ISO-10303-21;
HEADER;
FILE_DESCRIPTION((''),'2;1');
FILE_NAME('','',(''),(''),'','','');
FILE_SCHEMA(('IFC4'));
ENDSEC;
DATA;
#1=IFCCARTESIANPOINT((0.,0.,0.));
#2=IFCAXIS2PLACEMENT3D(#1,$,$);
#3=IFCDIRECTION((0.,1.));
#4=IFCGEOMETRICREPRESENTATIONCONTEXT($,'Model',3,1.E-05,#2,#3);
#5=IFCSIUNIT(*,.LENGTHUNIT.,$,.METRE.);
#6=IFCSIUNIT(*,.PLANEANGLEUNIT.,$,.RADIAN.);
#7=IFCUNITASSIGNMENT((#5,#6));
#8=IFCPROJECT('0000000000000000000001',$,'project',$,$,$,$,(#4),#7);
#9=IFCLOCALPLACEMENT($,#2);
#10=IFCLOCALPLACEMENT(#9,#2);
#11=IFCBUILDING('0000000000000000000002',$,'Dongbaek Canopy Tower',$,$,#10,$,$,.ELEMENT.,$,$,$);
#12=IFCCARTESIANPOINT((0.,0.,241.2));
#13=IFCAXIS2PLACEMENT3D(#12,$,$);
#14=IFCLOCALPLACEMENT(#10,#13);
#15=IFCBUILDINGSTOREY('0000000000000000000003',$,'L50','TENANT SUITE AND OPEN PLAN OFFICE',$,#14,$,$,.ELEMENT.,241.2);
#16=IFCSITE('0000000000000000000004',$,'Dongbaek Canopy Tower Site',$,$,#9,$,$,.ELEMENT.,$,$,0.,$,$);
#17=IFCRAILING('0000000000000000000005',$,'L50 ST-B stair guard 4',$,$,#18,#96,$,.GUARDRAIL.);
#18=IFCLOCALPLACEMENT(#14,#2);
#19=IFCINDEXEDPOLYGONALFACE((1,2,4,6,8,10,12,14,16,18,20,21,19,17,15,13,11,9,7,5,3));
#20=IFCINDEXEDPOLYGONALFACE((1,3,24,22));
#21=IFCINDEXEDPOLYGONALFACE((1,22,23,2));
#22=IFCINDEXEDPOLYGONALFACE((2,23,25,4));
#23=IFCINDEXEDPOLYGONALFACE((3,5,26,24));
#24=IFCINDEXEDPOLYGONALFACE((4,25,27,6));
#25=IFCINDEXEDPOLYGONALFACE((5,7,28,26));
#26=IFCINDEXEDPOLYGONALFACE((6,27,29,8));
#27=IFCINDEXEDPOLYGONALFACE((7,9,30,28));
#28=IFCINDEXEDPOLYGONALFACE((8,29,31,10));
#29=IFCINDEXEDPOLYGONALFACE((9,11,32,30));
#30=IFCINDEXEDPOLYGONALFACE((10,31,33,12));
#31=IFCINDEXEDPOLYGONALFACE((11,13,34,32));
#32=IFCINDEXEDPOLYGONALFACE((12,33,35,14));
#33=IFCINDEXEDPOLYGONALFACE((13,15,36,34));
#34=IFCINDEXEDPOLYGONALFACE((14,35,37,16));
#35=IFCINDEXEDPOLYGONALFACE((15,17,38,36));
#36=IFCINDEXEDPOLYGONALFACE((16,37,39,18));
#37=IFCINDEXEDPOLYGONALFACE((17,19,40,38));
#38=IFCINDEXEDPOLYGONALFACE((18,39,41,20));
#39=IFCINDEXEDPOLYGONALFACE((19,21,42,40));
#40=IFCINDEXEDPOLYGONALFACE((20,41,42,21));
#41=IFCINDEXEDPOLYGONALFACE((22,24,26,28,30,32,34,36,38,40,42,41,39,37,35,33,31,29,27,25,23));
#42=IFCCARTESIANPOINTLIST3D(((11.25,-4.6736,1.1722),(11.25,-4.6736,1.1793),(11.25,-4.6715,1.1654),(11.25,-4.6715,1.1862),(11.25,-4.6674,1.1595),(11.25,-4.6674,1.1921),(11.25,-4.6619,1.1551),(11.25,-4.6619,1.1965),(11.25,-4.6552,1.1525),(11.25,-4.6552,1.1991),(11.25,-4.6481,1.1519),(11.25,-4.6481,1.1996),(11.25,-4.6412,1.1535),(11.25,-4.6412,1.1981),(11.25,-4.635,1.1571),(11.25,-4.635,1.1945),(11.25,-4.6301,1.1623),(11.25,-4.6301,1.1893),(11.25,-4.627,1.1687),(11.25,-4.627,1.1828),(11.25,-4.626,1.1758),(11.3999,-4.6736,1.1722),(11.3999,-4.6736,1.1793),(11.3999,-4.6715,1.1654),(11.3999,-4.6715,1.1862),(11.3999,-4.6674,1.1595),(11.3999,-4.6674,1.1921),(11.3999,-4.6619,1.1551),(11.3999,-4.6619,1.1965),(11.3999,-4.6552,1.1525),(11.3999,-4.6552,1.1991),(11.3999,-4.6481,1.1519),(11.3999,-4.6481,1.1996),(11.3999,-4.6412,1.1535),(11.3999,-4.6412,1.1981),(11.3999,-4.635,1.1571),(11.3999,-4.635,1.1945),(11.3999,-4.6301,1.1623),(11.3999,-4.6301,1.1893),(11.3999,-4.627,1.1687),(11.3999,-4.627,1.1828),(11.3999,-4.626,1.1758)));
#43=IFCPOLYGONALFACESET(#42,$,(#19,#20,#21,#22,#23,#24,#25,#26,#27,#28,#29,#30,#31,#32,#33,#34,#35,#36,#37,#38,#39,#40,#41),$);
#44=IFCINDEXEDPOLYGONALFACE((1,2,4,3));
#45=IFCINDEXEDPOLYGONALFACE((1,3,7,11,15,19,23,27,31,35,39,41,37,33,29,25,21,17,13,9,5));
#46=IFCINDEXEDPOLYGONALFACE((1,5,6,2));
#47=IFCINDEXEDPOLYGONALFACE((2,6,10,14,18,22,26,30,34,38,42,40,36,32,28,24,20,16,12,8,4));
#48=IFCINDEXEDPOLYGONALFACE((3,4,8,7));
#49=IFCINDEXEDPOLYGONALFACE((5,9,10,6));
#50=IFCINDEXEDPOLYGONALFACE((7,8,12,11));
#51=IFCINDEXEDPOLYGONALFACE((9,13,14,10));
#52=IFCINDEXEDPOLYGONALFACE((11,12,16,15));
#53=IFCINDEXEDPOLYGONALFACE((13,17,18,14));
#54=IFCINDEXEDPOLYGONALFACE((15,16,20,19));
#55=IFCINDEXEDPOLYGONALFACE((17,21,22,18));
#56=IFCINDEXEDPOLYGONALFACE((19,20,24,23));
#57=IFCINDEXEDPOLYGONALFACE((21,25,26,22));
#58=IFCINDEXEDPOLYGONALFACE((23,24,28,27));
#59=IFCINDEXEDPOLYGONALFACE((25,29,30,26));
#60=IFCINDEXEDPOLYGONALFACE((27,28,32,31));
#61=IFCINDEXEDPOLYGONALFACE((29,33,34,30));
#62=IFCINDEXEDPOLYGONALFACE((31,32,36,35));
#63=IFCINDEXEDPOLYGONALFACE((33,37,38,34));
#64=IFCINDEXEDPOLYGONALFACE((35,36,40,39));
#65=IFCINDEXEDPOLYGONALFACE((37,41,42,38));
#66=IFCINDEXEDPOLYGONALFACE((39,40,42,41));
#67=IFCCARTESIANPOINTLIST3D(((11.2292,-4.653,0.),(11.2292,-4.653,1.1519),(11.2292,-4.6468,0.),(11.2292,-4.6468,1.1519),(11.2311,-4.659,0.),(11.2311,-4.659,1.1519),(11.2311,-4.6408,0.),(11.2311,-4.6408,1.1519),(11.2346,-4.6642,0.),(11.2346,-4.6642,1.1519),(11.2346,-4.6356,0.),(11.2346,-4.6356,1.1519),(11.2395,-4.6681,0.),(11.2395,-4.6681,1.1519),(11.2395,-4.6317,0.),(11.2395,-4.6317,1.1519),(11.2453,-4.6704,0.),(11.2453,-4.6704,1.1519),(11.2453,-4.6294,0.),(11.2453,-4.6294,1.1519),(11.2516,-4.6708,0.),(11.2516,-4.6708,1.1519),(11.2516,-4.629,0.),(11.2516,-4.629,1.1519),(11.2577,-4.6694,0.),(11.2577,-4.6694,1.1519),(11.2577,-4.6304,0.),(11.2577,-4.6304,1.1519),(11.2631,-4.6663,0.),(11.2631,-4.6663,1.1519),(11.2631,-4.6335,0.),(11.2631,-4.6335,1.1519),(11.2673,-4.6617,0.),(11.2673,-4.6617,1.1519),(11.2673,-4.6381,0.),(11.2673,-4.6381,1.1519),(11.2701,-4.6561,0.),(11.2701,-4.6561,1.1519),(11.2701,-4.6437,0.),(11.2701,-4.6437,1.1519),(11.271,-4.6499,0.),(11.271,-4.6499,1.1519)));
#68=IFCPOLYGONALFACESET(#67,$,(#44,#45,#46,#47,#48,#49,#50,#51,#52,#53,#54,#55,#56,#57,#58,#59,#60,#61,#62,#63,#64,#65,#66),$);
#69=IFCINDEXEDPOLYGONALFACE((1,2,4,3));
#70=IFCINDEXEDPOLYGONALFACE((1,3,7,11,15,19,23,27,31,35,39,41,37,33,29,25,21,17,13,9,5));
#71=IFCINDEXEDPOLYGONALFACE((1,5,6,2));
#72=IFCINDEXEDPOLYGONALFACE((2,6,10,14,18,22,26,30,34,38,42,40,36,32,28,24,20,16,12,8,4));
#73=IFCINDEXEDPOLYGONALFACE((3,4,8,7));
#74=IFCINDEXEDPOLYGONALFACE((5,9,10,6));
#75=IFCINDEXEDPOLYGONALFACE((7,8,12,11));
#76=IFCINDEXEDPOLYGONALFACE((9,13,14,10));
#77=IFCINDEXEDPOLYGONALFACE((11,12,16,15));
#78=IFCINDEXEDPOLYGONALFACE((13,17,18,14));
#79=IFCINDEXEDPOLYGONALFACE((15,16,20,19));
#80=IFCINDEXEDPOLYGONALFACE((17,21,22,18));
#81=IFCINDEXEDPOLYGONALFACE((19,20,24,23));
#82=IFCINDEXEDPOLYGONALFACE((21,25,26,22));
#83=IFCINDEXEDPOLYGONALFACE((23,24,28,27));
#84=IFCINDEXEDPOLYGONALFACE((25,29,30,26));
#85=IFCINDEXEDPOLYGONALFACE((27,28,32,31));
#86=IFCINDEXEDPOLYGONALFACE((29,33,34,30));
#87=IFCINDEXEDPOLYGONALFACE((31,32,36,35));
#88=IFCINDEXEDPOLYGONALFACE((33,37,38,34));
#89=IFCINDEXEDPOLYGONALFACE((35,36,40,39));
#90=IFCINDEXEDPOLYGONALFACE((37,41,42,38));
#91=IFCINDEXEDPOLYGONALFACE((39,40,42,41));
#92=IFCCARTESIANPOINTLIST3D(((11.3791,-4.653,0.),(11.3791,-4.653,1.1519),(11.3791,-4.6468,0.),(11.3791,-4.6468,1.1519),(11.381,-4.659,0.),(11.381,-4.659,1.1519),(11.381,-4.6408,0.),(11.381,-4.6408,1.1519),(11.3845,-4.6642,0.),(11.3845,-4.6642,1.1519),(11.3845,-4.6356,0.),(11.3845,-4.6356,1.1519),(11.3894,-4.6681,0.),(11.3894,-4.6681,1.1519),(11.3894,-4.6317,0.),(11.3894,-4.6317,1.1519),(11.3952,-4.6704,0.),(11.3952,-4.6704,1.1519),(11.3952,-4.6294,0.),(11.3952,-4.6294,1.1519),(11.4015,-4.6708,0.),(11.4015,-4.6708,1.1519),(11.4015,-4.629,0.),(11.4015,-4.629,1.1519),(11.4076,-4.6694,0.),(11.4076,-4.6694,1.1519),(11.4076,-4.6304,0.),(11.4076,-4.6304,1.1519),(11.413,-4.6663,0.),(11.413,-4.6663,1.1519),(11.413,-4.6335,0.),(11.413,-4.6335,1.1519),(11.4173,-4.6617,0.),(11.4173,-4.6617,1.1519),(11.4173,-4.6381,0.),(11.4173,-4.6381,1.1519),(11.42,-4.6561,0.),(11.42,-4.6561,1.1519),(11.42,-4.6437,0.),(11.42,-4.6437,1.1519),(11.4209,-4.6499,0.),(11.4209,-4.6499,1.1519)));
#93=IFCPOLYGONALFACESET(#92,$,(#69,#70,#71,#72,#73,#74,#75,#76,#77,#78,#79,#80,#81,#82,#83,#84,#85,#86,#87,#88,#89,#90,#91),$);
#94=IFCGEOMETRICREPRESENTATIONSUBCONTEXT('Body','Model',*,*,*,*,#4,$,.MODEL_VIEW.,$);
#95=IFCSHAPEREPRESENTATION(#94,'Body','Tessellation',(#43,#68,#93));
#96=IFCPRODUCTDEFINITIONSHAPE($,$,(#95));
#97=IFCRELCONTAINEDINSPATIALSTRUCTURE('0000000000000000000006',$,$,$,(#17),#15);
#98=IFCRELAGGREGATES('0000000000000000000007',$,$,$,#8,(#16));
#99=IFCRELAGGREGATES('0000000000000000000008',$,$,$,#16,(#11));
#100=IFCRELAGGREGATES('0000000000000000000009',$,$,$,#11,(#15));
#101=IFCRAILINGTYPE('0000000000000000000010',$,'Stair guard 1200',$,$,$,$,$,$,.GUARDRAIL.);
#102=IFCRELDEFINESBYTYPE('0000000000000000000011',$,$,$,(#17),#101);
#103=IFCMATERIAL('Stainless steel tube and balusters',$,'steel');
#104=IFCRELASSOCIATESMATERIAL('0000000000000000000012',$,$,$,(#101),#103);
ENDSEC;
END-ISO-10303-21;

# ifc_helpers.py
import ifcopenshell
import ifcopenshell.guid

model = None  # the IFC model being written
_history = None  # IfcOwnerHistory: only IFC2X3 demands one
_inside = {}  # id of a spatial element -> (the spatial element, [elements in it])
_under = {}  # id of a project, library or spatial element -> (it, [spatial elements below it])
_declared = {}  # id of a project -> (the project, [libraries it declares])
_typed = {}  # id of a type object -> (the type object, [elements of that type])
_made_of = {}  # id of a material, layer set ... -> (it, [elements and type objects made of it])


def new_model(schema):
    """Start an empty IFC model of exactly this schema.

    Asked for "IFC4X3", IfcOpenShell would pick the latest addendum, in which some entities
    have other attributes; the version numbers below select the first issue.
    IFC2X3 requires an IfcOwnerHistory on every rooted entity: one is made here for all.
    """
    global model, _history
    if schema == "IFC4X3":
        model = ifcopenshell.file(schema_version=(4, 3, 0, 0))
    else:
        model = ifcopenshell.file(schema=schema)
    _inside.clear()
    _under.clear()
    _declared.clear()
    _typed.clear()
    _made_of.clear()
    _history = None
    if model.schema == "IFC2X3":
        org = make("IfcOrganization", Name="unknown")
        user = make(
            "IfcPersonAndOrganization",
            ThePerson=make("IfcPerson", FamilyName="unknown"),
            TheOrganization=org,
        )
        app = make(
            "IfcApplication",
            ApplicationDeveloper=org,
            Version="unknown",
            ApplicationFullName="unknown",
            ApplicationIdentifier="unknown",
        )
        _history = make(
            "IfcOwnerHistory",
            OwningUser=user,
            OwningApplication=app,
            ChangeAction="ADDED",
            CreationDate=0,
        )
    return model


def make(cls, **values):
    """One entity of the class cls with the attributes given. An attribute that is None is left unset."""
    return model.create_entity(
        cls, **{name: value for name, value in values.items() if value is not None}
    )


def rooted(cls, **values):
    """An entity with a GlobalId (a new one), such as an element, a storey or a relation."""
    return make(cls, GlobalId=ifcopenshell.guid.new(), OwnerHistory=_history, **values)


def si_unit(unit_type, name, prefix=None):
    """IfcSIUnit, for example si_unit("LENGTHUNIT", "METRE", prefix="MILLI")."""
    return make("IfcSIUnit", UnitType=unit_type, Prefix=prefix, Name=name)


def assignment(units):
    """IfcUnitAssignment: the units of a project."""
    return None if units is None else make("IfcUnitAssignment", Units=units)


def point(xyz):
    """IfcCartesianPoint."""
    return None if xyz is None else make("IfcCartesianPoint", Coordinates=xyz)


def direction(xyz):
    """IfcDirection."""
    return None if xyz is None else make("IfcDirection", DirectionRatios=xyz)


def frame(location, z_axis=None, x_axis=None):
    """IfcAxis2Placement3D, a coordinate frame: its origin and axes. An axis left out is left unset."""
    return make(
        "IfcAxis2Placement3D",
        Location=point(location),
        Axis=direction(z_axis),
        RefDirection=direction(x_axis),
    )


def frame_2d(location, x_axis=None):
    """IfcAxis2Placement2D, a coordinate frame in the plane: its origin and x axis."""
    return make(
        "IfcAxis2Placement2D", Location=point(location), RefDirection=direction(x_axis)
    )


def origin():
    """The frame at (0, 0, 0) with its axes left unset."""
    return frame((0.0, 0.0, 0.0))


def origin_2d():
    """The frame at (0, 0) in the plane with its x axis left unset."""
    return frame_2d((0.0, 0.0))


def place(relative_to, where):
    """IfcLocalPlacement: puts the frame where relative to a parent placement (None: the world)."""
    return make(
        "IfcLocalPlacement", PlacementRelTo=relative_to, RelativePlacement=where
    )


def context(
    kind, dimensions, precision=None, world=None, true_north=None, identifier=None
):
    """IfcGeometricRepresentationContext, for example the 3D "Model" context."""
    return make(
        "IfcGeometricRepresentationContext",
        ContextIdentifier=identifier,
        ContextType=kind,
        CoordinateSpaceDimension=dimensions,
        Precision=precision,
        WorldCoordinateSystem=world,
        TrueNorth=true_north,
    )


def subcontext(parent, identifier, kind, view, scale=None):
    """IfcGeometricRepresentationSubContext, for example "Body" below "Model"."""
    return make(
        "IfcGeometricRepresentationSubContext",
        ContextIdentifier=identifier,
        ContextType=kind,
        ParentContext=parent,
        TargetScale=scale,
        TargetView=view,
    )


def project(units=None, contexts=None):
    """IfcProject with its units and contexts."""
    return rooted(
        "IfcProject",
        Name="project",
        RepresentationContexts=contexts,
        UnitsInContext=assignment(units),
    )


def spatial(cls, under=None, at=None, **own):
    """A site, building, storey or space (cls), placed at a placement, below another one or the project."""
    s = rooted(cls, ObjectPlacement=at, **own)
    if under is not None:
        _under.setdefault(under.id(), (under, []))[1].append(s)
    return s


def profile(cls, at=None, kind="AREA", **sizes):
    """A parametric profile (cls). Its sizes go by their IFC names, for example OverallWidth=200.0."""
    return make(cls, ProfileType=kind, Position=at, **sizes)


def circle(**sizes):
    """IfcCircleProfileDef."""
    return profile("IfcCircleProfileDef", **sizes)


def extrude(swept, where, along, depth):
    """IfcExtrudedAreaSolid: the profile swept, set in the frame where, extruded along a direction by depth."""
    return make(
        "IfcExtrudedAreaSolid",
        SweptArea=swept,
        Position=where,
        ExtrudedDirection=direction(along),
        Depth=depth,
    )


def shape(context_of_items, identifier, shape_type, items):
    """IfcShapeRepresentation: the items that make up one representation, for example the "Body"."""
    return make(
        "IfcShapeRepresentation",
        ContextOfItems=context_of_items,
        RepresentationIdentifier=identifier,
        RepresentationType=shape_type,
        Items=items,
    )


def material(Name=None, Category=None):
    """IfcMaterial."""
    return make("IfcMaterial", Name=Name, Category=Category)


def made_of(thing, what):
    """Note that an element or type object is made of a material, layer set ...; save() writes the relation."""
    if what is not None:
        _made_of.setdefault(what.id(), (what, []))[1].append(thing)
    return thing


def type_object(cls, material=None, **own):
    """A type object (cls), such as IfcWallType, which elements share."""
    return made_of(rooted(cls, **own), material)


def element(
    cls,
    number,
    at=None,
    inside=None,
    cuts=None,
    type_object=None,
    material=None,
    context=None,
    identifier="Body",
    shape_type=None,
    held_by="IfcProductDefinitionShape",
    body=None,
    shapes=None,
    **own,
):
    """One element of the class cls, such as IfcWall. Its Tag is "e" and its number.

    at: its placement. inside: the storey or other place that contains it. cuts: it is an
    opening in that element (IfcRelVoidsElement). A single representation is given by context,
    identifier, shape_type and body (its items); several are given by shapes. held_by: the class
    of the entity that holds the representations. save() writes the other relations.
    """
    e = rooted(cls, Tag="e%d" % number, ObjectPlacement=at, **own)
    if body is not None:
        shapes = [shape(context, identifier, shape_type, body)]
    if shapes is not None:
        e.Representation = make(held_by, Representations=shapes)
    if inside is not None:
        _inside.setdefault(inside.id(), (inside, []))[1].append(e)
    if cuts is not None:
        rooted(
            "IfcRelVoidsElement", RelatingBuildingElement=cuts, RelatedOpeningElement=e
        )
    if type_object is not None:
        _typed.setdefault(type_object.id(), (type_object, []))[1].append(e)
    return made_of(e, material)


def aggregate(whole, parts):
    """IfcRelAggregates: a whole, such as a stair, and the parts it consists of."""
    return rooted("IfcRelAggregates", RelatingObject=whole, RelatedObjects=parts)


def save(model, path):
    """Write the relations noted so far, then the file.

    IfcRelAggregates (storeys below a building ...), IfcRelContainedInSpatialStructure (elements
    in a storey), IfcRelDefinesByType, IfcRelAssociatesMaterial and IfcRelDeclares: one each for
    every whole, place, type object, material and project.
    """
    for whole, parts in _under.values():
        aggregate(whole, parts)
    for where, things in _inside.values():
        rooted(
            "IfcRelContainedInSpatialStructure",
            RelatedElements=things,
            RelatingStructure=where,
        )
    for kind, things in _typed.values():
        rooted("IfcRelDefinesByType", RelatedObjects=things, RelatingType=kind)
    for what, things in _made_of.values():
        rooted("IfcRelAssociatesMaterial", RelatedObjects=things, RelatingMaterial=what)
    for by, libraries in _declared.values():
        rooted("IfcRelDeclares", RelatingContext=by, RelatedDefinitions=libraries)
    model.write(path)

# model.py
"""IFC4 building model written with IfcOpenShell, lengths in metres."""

from ifc_helpers import new_model, si_unit, direction, frame, origin, origin_2d, place, context, subcontext, project, spatial, circle, extrude, material, type_object, element, save


model = new_model("IFC4")

# Units and contexts
model_context = context("Model", 3, precision=1e-05, world=origin(), true_north=direction((0.0, 1.0)))
body_context = subcontext(model_context, "Body", "Model", "MODEL_VIEW")
ifc_project = project(units=[si_unit("LENGTHUNIT", "METRE"), si_unit("PLANEANGLEUNIT", "RADIAN")], contexts=[model_context])

# Site, building, storey
site_placement = place(None, origin())
site = spatial("IfcSite", under=ifc_project, at=site_placement, Name="Dongbaek Canopy Tower Site", CompositionType="ELEMENT", RefElevation=0.0)
building_placement = place(site_placement, origin())
building = spatial("IfcBuilding", under=site, at=building_placement, Name="Dongbaek Canopy Tower", CompositionType="ELEMENT")
storey_placement = place(building_placement, frame((0.0, 0.0, 241.2)))
storey = spatial("IfcBuildingStorey", under=building, at=storey_placement, Name="L50", Description="TENANT SUITE AND OPEN PLAN OFFICE", CompositionType="ELEMENT", Elevation=241.2)

# Railing
ifc_material_1 = material(Name="Stainless steel tube and balusters", Category="steel")
railing_type_1 = type_object("IfcRailingType", Name="Stair guard 1200", PredefinedType="GUARDRAIL", material=ifc_material_1)
railing_1_placement = place(storey_placement, frame((11.25, -4.6499, 0.0)))
element("IfcRailing", 1, at=railing_1_placement, inside=storey, type_object=railing_type_1, Name="L50 ST-B stair guard 4", PredefinedType="GUARDRAIL", context=body_context, shape_type="SweptSolid", body=[
    extrude(circle(Radius=0.0239, at=origin_2d()), frame((0.0, 0.0, 1.1758), z_axis=(1.0, 0.0, 0.0), x_axis=(0.0, 1.0, 0.0)), (0.0, 0.0, 1.0), 0.1499),
    extrude(circle(Radius=0.021, at=origin_2d()), origin(), (0.0, 0.0, 1.0), 1.1519),
    extrude(circle(Radius=0.021, at=origin_2d()), frame((0.1499, 0.0, 0.0)), (0.0, 0.0, 1.0), 1.1519),
])

save(model, "model.ifc")
